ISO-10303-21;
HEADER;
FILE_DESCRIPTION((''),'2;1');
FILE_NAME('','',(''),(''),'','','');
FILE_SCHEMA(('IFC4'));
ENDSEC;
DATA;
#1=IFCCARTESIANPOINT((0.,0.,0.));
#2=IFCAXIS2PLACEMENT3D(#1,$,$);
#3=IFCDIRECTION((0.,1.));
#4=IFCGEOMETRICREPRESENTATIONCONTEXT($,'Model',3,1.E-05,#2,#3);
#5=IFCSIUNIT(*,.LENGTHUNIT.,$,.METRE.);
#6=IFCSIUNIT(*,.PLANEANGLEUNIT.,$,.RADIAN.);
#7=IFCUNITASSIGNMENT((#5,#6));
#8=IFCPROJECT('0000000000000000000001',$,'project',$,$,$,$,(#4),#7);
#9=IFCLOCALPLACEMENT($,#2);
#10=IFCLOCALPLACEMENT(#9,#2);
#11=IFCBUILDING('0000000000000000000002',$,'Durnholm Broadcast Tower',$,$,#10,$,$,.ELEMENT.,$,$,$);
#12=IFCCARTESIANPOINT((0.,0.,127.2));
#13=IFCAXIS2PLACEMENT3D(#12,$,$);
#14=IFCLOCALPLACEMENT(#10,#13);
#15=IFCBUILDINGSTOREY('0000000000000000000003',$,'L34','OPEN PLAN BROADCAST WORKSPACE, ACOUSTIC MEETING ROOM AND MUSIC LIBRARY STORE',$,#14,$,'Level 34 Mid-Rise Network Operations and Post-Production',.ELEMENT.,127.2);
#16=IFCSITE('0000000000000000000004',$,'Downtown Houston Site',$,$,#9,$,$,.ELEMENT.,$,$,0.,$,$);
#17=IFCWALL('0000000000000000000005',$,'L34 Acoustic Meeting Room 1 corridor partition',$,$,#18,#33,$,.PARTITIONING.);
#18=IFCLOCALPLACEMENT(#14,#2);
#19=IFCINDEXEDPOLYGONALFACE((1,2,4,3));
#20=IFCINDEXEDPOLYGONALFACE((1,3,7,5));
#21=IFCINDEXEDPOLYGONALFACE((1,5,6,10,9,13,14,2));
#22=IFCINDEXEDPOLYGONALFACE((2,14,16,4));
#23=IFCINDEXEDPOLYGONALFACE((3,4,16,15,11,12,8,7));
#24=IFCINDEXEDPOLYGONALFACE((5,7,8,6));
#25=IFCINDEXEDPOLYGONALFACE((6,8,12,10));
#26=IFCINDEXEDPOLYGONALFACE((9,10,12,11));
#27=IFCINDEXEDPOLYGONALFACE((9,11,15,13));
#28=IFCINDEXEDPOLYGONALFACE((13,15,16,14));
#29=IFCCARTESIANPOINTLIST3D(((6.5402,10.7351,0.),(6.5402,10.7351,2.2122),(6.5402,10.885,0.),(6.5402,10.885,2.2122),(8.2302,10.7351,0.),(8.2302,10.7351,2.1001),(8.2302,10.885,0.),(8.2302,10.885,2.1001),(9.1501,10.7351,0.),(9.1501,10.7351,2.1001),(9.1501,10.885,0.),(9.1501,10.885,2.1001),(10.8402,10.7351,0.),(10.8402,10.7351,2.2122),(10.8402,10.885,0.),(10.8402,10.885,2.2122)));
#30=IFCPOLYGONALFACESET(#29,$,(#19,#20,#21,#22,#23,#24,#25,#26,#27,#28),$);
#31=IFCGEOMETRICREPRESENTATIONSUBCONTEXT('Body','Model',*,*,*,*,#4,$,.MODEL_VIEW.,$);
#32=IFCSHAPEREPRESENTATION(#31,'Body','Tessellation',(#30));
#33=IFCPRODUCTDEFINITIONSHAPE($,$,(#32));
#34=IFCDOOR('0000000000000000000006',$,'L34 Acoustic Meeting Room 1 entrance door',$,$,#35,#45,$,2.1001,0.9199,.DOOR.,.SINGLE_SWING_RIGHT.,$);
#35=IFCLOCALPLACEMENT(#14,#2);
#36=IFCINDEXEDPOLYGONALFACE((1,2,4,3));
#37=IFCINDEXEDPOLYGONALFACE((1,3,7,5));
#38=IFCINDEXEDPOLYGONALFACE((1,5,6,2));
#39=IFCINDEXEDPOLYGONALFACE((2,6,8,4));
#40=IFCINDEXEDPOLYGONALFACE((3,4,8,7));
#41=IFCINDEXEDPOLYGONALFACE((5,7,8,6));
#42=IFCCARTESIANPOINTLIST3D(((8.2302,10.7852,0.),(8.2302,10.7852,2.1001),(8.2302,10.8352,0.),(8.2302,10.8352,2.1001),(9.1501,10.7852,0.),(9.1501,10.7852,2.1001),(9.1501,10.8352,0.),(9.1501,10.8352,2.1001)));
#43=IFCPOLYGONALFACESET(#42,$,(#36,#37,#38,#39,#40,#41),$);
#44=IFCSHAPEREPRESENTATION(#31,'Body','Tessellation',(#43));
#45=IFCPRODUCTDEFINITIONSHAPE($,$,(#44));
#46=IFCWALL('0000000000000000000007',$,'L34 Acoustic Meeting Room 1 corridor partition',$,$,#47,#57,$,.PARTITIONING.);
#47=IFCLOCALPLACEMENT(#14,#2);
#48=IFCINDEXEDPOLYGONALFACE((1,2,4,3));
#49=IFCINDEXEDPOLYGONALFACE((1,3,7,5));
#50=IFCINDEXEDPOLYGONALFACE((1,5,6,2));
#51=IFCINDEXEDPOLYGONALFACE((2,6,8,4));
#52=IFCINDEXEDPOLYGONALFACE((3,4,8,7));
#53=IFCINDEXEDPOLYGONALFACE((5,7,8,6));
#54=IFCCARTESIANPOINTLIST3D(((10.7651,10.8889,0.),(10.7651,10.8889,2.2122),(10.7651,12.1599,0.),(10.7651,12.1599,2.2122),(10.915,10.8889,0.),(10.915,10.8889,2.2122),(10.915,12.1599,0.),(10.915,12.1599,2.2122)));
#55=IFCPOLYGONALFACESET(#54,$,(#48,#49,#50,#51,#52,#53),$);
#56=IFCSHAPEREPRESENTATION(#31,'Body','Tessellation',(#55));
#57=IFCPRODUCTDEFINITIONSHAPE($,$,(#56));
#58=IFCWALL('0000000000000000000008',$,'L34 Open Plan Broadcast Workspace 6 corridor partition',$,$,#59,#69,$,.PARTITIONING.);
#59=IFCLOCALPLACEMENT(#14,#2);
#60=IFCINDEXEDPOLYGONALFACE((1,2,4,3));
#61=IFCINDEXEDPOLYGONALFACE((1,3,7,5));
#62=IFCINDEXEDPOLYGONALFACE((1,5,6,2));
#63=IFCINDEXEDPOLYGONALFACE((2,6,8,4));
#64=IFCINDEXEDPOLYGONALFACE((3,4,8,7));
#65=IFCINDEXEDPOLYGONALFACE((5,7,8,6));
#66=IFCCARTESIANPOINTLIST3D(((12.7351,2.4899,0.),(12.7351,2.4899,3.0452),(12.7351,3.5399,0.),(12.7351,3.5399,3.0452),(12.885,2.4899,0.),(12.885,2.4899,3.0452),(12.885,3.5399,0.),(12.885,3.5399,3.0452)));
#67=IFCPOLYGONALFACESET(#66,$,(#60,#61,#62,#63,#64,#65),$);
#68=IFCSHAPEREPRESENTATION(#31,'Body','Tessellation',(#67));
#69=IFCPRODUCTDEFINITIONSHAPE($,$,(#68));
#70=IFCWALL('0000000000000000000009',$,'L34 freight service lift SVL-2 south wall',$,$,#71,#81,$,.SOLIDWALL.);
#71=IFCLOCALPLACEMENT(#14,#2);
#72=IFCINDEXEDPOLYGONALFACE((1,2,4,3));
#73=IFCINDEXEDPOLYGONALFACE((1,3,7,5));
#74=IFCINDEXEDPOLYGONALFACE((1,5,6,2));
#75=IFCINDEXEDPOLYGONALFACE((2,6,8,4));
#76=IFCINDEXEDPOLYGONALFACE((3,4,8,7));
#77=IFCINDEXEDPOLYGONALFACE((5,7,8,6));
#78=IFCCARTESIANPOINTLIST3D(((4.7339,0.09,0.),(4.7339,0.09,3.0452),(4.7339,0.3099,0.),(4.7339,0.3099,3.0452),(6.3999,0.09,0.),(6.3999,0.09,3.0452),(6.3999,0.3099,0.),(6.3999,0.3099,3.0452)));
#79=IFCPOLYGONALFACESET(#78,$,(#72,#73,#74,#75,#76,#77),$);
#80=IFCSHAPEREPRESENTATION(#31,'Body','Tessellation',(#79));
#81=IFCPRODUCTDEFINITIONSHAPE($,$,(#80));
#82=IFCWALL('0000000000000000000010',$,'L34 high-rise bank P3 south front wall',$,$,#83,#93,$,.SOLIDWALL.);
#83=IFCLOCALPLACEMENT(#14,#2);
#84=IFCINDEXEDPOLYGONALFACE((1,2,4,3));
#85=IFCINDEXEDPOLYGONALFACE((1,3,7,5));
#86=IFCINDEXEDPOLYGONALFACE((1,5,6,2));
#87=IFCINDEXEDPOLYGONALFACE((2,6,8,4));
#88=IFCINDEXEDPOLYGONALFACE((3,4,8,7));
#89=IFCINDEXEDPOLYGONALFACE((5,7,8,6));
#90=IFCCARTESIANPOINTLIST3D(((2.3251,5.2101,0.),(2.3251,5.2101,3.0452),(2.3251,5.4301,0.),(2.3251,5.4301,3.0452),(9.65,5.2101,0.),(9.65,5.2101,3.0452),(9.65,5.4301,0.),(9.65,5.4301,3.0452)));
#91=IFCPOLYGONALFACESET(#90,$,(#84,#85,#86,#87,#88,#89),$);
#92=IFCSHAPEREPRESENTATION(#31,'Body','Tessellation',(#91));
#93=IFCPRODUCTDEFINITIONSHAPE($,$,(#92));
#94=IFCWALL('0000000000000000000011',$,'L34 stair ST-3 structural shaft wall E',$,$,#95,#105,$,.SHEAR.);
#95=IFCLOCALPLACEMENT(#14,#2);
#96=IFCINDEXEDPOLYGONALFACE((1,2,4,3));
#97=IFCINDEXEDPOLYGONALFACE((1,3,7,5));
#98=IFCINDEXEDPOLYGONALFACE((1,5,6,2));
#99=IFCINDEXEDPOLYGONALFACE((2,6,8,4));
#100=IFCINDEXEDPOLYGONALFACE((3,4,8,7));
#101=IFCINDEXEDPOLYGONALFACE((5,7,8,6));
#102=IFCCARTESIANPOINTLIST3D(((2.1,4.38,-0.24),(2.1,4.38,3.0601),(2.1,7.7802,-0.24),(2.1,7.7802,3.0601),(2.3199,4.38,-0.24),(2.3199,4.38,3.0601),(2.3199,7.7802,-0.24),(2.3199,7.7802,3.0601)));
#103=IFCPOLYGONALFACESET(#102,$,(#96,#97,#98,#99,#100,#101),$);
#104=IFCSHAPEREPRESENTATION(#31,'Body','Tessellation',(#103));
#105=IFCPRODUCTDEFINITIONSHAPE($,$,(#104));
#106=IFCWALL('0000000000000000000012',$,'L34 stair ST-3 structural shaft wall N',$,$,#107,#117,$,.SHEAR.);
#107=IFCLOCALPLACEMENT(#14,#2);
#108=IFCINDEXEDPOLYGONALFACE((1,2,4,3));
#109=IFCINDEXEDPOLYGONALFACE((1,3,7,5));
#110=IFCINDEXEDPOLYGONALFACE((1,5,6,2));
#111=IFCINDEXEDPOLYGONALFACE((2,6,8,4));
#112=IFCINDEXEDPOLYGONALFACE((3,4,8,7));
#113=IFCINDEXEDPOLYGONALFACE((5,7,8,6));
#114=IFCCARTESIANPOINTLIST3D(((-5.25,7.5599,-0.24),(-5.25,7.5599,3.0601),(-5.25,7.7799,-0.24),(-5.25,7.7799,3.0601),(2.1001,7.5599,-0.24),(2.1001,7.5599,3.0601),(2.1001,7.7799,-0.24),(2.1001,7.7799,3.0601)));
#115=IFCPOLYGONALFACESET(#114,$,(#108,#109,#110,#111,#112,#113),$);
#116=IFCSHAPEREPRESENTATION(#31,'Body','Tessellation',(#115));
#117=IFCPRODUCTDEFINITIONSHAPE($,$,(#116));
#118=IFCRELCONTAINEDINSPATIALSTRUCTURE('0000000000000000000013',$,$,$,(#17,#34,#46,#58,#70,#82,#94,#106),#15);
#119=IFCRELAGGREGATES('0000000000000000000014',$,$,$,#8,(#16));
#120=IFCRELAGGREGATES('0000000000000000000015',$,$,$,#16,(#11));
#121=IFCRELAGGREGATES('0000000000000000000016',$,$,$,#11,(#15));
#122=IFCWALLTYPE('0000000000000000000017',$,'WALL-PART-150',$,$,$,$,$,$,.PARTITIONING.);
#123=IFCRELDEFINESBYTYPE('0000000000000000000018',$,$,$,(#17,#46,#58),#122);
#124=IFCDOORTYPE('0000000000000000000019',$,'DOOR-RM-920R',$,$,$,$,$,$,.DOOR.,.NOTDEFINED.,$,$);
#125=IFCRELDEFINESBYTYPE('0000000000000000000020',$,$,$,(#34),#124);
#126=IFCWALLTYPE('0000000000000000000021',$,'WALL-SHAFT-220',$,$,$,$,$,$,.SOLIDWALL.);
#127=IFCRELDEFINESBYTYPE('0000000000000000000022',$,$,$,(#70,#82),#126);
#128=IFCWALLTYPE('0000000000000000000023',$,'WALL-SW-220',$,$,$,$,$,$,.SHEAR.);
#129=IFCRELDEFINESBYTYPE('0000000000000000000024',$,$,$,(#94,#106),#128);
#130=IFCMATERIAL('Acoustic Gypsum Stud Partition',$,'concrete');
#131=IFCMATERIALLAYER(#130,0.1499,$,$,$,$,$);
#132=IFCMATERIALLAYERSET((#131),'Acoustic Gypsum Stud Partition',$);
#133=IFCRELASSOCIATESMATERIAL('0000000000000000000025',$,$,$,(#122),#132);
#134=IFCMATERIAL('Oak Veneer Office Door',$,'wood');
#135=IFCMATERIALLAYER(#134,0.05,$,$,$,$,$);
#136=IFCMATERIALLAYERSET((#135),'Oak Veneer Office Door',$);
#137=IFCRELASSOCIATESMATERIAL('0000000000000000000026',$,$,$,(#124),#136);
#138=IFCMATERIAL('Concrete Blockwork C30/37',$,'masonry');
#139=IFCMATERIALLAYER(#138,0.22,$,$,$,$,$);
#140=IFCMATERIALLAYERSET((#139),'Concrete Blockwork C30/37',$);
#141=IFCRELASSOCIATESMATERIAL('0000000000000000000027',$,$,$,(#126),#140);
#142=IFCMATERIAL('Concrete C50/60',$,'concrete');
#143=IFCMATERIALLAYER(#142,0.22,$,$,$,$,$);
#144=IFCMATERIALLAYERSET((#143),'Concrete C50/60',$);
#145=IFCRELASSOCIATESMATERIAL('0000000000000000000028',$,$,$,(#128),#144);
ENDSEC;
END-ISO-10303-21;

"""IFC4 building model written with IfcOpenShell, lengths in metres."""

from ifc_helpers import new_model, si_unit, direction, frame, frame_2d, origin, place, context, subcontext, project, spatial, rectangle, extrude, source, transform, mapped, material, layer, layer_set, type_object, type_shapes, element, fill, save


model = new_model("IFC4")

# Units and contexts
model_context = context("Model", 3, precision=1e-05, world=origin(), true_north=direction((0.0, 1.0)))
body_context = subcontext(model_context, "Body", "Model", "MODEL_VIEW")
ifc_project = project(units=[si_unit("LENGTHUNIT", "METRE"), si_unit("PLANEANGLEUNIT", "RADIAN")], contexts=[model_context])

# Site, building, storey
site_placement = place(None, origin())
site = spatial("IfcSite", under=ifc_project, at=site_placement, Name="Downtown Houston Site", CompositionType="ELEMENT", RefElevation=0.0)
building_placement = place(site_placement, origin())
building = spatial("IfcBuilding", under=site, at=building_placement, Name="Durnholm Broadcast Tower", CompositionType="ELEMENT")
storey_placement = place(building_placement, frame((0.0, 0.0, 127.2)))
storey = spatial("IfcBuildingStorey", under=building, at=storey_placement, Name="L34", Description="OPEN PLAN BROADCAST WORKSPACE, ACOUSTIC MEETING ROOM AND MUSIC LIBRARY STORE", LongName="Level 34 Mid-Rise Network Operations and Post-Production", CompositionType="ELEMENT", Elevation=127.2)

# Wall, opening, door
ifc_material_1 = material(Name="Acoustic Gypsum Stud Partition", Category="concrete")
ifc_layer_1 = layer(ifc_material_1, 0.1499)
ifc_layer_set_1 = layer_set([ifc_layer_1], Name="Acoustic Gypsum Stud Partition")
wall_type_1 = type_object("IfcWallType", Name="WALL-PART-150", PredefinedType="PARTITIONING", material=ifc_layer_set_1)
ifc_material_2 = material(Name="Oak Veneer Office Door", Category="wood")
ifc_layer_2 = layer(ifc_material_2, 0.05)
ifc_layer_set_2 = layer_set([ifc_layer_2], Name="Oak Veneer Office Door")
door_type_1 = type_object("IfcDoorType", Name="DOOR-RM-920R", OperationType="NOTDEFINED", PredefinedType="DOOR", material=ifc_layer_set_2)
shared_shape_1 = source(origin(), body_context, "Body", "SweptSolid", [
    extrude(rectangle(XDim=0.9199, YDim=2.1001, at=frame_2d((0.46, 1.05))), frame((0.0, 0.0249, 0.0), z_axis=(0.0, -1.0, 0.0), x_axis=(1.0, 0.0, 0.0)), (0.0, 0.0, 1.0), 0.05),
])
type_shapes(door_type_1, [shared_shape_1])
wall_1_placement = place(storey_placement, frame((10.8401, 10.8101, 0.0), z_axis=(0.0, 0.0, 1.0), x_axis=(-1.0, 0.0, 0.0)))
wall_1 = element("IfcWall", 1, at=wall_1_placement, inside=storey, type_object=wall_type_1, Name="L34 Acoustic Meeting Room 1 corridor partition", PredefinedType="PARTITIONING", context=body_context, shape_type="SweptSolid", body=[
    extrude(rectangle(XDim=4.3, YDim=0.1499, at=frame_2d((2.1499, 0.0))), origin(), (0.0, 0.0, 1.0), 2.2122),
])
opening_1_placement = place(wall_1_placement, frame((1.6899, 0.0, 0.0)))
opening_1 = element("IfcOpeningElement", 2, at=opening_1_placement, cuts=wall_1, PredefinedType="OPENING", context=body_context, shape_type="SweptSolid", body=[
    extrude(rectangle(XDim=0.9199, YDim=2.1001, at=frame_2d((0.46, 1.05))), frame((0.0, 0.085, 0.0), z_axis=(0.0, -1.0, 0.0), x_axis=(1.0, 0.0, 0.0)), (0.0, 0.0, 1.0), 0.1699),
])
door_1_placement = place(opening_1_placement, origin())
door_1 = element("IfcDoor", 3, at=door_1_placement, inside=storey, type_object=door_type_1, Name="L34 Acoustic Meeting Room 1 entrance door", OperationType="SINGLE_SWING_RIGHT", OverallHeight=2.1001, OverallWidth=0.9199, PredefinedType="DOOR", context=body_context, shape_type="MappedRepresentation", body=[
    mapped(shared_shape_1, transform((0.0, 0.0, 0.0), x_axis=(1.0, 0.0, 0.0), y_axis=(0.0, 1.0, 0.0), z_axis=(0.0, 0.0, 1.0), scale=1.0)),
])
fill(opening_1, door_1)

# Walls
wall_2_placement = place(storey_placement, frame((10.8401, 12.1599, 0.0), z_axis=(0.0, 0.0, 1.0), x_axis=(0.0, -1.0, 0.0)))
element("IfcWall", 4, at=wall_2_placement, inside=storey, type_object=wall_type_1, Name="L34 Acoustic Meeting Room 1 corridor partition", PredefinedType="PARTITIONING", context=body_context, shape_type="SweptSolid", body=[
    extrude(rectangle(XDim=1.271, YDim=0.1499, at=frame_2d((0.6355, 0.0))), origin(), (0.0, 0.0, 1.0), 2.2122),
])
wall_3_placement = place(storey_placement, frame((12.8101, 2.49, 0.0), z_axis=(0.0, 0.0, 1.0), x_axis=(0.0, 1.0, 0.0)))
element("IfcWall", 5, at=wall_3_placement, inside=storey, type_object=wall_type_1, Name="L34 Open Plan Broadcast Workspace 6 corridor partition", PredefinedType="PARTITIONING", context=body_context, shape_type="SweptSolid", body=[
    extrude(rectangle(XDim=1.05, YDim=0.1499, at=frame_2d((0.5249, 0.0))), origin(), (0.0, 0.0, 1.0), 3.0452),
])

# Shared definitions
ifc_material_3 = material(Name="Concrete Blockwork C30/37", Category="masonry")
ifc_layer_3 = layer(ifc_material_3, 0.22)
ifc_layer_set_3 = layer_set([ifc_layer_3], Name="Concrete Blockwork C30/37")
wall_type_2 = type_object("IfcWallType", Name="WALL-SHAFT-220", PredefinedType="SOLIDWALL", material=ifc_layer_set_3)

# Walls
wall_4_placement = place(storey_placement, frame((4.7339, 0.2, 0.0), z_axis=(0.0, 0.0, 1.0), x_axis=(1.0, 0.0, 0.0)))
element("IfcWall", 6, at=wall_4_placement, inside=storey, type_object=wall_type_2, Name="L34 freight service lift SVL-2 south wall", PredefinedType="SOLIDWALL", context=body_context, shape_type="SweptSolid", body=[
    extrude(rectangle(XDim=1.666, YDim=0.22, at=frame_2d((0.833, 0.0))), origin(), (0.0, 0.0, 1.0), 3.0452),
])
wall_5_placement = place(storey_placement, frame((2.325, 5.3201, 0.0), z_axis=(0.0, 0.0, 1.0), x_axis=(1.0, 0.0, 0.0)))
element("IfcWall", 7, at=wall_5_placement, inside=storey, type_object=wall_type_2, Name="L34 high-rise bank P3 south front wall", PredefinedType="SOLIDWALL", context=body_context, shape_type="SweptSolid", body=[
    extrude(rectangle(XDim=7.325, YDim=0.22, at=frame_2d((3.6626, 0.0))), origin(), (0.0, 0.0, 1.0), 3.0452),
])
ifc_material_4 = material(Name="Concrete C50/60", Category="concrete")
ifc_layer_4 = layer(ifc_material_4, 0.22)
ifc_layer_set_4 = layer_set([ifc_layer_4], Name="Concrete C50/60")
wall_type_3 = type_object("IfcWallType", Name="WALL-SW-220", PredefinedType="SHEAR", material=ifc_layer_set_4)
wall_6_placement = place(storey_placement, frame((2.21, 4.3799, -0.24), z_axis=(0.0, 0.0, 1.0), x_axis=(0.0, 1.0, 0.0)))
element("IfcWall", 8, at=wall_6_placement, inside=storey, type_object=wall_type_3, Name="L34 stair ST-3 structural shaft wall E", PredefinedType="SHEAR", context=body_context, shape_type="SweptSolid", body=[
    extrude(rectangle(XDim=3.4001, YDim=0.22, at=frame_2d((1.7002, 0.0))), origin(), (0.0, 0.0, 1.0), 3.3),
])
wall_7_placement = place(storey_placement, frame((2.1001, 7.6699, -0.24), z_axis=(0.0, 0.0, 1.0), x_axis=(-1.0, 0.0, 0.0)))
element("IfcWall", 9, at=wall_7_placement, inside=storey, type_object=wall_type_3, Name="L34 stair ST-3 structural shaft wall N", PredefinedType="SHEAR", context=body_context, shape_type="SweptSolid", body=[
    extrude(rectangle(XDim=7.3501, YDim=0.22, at=frame_2d((3.675, 0.0))), origin(), (0.0, 0.0, 1.0), 3.3),
])

save(model, "model.ifc")
